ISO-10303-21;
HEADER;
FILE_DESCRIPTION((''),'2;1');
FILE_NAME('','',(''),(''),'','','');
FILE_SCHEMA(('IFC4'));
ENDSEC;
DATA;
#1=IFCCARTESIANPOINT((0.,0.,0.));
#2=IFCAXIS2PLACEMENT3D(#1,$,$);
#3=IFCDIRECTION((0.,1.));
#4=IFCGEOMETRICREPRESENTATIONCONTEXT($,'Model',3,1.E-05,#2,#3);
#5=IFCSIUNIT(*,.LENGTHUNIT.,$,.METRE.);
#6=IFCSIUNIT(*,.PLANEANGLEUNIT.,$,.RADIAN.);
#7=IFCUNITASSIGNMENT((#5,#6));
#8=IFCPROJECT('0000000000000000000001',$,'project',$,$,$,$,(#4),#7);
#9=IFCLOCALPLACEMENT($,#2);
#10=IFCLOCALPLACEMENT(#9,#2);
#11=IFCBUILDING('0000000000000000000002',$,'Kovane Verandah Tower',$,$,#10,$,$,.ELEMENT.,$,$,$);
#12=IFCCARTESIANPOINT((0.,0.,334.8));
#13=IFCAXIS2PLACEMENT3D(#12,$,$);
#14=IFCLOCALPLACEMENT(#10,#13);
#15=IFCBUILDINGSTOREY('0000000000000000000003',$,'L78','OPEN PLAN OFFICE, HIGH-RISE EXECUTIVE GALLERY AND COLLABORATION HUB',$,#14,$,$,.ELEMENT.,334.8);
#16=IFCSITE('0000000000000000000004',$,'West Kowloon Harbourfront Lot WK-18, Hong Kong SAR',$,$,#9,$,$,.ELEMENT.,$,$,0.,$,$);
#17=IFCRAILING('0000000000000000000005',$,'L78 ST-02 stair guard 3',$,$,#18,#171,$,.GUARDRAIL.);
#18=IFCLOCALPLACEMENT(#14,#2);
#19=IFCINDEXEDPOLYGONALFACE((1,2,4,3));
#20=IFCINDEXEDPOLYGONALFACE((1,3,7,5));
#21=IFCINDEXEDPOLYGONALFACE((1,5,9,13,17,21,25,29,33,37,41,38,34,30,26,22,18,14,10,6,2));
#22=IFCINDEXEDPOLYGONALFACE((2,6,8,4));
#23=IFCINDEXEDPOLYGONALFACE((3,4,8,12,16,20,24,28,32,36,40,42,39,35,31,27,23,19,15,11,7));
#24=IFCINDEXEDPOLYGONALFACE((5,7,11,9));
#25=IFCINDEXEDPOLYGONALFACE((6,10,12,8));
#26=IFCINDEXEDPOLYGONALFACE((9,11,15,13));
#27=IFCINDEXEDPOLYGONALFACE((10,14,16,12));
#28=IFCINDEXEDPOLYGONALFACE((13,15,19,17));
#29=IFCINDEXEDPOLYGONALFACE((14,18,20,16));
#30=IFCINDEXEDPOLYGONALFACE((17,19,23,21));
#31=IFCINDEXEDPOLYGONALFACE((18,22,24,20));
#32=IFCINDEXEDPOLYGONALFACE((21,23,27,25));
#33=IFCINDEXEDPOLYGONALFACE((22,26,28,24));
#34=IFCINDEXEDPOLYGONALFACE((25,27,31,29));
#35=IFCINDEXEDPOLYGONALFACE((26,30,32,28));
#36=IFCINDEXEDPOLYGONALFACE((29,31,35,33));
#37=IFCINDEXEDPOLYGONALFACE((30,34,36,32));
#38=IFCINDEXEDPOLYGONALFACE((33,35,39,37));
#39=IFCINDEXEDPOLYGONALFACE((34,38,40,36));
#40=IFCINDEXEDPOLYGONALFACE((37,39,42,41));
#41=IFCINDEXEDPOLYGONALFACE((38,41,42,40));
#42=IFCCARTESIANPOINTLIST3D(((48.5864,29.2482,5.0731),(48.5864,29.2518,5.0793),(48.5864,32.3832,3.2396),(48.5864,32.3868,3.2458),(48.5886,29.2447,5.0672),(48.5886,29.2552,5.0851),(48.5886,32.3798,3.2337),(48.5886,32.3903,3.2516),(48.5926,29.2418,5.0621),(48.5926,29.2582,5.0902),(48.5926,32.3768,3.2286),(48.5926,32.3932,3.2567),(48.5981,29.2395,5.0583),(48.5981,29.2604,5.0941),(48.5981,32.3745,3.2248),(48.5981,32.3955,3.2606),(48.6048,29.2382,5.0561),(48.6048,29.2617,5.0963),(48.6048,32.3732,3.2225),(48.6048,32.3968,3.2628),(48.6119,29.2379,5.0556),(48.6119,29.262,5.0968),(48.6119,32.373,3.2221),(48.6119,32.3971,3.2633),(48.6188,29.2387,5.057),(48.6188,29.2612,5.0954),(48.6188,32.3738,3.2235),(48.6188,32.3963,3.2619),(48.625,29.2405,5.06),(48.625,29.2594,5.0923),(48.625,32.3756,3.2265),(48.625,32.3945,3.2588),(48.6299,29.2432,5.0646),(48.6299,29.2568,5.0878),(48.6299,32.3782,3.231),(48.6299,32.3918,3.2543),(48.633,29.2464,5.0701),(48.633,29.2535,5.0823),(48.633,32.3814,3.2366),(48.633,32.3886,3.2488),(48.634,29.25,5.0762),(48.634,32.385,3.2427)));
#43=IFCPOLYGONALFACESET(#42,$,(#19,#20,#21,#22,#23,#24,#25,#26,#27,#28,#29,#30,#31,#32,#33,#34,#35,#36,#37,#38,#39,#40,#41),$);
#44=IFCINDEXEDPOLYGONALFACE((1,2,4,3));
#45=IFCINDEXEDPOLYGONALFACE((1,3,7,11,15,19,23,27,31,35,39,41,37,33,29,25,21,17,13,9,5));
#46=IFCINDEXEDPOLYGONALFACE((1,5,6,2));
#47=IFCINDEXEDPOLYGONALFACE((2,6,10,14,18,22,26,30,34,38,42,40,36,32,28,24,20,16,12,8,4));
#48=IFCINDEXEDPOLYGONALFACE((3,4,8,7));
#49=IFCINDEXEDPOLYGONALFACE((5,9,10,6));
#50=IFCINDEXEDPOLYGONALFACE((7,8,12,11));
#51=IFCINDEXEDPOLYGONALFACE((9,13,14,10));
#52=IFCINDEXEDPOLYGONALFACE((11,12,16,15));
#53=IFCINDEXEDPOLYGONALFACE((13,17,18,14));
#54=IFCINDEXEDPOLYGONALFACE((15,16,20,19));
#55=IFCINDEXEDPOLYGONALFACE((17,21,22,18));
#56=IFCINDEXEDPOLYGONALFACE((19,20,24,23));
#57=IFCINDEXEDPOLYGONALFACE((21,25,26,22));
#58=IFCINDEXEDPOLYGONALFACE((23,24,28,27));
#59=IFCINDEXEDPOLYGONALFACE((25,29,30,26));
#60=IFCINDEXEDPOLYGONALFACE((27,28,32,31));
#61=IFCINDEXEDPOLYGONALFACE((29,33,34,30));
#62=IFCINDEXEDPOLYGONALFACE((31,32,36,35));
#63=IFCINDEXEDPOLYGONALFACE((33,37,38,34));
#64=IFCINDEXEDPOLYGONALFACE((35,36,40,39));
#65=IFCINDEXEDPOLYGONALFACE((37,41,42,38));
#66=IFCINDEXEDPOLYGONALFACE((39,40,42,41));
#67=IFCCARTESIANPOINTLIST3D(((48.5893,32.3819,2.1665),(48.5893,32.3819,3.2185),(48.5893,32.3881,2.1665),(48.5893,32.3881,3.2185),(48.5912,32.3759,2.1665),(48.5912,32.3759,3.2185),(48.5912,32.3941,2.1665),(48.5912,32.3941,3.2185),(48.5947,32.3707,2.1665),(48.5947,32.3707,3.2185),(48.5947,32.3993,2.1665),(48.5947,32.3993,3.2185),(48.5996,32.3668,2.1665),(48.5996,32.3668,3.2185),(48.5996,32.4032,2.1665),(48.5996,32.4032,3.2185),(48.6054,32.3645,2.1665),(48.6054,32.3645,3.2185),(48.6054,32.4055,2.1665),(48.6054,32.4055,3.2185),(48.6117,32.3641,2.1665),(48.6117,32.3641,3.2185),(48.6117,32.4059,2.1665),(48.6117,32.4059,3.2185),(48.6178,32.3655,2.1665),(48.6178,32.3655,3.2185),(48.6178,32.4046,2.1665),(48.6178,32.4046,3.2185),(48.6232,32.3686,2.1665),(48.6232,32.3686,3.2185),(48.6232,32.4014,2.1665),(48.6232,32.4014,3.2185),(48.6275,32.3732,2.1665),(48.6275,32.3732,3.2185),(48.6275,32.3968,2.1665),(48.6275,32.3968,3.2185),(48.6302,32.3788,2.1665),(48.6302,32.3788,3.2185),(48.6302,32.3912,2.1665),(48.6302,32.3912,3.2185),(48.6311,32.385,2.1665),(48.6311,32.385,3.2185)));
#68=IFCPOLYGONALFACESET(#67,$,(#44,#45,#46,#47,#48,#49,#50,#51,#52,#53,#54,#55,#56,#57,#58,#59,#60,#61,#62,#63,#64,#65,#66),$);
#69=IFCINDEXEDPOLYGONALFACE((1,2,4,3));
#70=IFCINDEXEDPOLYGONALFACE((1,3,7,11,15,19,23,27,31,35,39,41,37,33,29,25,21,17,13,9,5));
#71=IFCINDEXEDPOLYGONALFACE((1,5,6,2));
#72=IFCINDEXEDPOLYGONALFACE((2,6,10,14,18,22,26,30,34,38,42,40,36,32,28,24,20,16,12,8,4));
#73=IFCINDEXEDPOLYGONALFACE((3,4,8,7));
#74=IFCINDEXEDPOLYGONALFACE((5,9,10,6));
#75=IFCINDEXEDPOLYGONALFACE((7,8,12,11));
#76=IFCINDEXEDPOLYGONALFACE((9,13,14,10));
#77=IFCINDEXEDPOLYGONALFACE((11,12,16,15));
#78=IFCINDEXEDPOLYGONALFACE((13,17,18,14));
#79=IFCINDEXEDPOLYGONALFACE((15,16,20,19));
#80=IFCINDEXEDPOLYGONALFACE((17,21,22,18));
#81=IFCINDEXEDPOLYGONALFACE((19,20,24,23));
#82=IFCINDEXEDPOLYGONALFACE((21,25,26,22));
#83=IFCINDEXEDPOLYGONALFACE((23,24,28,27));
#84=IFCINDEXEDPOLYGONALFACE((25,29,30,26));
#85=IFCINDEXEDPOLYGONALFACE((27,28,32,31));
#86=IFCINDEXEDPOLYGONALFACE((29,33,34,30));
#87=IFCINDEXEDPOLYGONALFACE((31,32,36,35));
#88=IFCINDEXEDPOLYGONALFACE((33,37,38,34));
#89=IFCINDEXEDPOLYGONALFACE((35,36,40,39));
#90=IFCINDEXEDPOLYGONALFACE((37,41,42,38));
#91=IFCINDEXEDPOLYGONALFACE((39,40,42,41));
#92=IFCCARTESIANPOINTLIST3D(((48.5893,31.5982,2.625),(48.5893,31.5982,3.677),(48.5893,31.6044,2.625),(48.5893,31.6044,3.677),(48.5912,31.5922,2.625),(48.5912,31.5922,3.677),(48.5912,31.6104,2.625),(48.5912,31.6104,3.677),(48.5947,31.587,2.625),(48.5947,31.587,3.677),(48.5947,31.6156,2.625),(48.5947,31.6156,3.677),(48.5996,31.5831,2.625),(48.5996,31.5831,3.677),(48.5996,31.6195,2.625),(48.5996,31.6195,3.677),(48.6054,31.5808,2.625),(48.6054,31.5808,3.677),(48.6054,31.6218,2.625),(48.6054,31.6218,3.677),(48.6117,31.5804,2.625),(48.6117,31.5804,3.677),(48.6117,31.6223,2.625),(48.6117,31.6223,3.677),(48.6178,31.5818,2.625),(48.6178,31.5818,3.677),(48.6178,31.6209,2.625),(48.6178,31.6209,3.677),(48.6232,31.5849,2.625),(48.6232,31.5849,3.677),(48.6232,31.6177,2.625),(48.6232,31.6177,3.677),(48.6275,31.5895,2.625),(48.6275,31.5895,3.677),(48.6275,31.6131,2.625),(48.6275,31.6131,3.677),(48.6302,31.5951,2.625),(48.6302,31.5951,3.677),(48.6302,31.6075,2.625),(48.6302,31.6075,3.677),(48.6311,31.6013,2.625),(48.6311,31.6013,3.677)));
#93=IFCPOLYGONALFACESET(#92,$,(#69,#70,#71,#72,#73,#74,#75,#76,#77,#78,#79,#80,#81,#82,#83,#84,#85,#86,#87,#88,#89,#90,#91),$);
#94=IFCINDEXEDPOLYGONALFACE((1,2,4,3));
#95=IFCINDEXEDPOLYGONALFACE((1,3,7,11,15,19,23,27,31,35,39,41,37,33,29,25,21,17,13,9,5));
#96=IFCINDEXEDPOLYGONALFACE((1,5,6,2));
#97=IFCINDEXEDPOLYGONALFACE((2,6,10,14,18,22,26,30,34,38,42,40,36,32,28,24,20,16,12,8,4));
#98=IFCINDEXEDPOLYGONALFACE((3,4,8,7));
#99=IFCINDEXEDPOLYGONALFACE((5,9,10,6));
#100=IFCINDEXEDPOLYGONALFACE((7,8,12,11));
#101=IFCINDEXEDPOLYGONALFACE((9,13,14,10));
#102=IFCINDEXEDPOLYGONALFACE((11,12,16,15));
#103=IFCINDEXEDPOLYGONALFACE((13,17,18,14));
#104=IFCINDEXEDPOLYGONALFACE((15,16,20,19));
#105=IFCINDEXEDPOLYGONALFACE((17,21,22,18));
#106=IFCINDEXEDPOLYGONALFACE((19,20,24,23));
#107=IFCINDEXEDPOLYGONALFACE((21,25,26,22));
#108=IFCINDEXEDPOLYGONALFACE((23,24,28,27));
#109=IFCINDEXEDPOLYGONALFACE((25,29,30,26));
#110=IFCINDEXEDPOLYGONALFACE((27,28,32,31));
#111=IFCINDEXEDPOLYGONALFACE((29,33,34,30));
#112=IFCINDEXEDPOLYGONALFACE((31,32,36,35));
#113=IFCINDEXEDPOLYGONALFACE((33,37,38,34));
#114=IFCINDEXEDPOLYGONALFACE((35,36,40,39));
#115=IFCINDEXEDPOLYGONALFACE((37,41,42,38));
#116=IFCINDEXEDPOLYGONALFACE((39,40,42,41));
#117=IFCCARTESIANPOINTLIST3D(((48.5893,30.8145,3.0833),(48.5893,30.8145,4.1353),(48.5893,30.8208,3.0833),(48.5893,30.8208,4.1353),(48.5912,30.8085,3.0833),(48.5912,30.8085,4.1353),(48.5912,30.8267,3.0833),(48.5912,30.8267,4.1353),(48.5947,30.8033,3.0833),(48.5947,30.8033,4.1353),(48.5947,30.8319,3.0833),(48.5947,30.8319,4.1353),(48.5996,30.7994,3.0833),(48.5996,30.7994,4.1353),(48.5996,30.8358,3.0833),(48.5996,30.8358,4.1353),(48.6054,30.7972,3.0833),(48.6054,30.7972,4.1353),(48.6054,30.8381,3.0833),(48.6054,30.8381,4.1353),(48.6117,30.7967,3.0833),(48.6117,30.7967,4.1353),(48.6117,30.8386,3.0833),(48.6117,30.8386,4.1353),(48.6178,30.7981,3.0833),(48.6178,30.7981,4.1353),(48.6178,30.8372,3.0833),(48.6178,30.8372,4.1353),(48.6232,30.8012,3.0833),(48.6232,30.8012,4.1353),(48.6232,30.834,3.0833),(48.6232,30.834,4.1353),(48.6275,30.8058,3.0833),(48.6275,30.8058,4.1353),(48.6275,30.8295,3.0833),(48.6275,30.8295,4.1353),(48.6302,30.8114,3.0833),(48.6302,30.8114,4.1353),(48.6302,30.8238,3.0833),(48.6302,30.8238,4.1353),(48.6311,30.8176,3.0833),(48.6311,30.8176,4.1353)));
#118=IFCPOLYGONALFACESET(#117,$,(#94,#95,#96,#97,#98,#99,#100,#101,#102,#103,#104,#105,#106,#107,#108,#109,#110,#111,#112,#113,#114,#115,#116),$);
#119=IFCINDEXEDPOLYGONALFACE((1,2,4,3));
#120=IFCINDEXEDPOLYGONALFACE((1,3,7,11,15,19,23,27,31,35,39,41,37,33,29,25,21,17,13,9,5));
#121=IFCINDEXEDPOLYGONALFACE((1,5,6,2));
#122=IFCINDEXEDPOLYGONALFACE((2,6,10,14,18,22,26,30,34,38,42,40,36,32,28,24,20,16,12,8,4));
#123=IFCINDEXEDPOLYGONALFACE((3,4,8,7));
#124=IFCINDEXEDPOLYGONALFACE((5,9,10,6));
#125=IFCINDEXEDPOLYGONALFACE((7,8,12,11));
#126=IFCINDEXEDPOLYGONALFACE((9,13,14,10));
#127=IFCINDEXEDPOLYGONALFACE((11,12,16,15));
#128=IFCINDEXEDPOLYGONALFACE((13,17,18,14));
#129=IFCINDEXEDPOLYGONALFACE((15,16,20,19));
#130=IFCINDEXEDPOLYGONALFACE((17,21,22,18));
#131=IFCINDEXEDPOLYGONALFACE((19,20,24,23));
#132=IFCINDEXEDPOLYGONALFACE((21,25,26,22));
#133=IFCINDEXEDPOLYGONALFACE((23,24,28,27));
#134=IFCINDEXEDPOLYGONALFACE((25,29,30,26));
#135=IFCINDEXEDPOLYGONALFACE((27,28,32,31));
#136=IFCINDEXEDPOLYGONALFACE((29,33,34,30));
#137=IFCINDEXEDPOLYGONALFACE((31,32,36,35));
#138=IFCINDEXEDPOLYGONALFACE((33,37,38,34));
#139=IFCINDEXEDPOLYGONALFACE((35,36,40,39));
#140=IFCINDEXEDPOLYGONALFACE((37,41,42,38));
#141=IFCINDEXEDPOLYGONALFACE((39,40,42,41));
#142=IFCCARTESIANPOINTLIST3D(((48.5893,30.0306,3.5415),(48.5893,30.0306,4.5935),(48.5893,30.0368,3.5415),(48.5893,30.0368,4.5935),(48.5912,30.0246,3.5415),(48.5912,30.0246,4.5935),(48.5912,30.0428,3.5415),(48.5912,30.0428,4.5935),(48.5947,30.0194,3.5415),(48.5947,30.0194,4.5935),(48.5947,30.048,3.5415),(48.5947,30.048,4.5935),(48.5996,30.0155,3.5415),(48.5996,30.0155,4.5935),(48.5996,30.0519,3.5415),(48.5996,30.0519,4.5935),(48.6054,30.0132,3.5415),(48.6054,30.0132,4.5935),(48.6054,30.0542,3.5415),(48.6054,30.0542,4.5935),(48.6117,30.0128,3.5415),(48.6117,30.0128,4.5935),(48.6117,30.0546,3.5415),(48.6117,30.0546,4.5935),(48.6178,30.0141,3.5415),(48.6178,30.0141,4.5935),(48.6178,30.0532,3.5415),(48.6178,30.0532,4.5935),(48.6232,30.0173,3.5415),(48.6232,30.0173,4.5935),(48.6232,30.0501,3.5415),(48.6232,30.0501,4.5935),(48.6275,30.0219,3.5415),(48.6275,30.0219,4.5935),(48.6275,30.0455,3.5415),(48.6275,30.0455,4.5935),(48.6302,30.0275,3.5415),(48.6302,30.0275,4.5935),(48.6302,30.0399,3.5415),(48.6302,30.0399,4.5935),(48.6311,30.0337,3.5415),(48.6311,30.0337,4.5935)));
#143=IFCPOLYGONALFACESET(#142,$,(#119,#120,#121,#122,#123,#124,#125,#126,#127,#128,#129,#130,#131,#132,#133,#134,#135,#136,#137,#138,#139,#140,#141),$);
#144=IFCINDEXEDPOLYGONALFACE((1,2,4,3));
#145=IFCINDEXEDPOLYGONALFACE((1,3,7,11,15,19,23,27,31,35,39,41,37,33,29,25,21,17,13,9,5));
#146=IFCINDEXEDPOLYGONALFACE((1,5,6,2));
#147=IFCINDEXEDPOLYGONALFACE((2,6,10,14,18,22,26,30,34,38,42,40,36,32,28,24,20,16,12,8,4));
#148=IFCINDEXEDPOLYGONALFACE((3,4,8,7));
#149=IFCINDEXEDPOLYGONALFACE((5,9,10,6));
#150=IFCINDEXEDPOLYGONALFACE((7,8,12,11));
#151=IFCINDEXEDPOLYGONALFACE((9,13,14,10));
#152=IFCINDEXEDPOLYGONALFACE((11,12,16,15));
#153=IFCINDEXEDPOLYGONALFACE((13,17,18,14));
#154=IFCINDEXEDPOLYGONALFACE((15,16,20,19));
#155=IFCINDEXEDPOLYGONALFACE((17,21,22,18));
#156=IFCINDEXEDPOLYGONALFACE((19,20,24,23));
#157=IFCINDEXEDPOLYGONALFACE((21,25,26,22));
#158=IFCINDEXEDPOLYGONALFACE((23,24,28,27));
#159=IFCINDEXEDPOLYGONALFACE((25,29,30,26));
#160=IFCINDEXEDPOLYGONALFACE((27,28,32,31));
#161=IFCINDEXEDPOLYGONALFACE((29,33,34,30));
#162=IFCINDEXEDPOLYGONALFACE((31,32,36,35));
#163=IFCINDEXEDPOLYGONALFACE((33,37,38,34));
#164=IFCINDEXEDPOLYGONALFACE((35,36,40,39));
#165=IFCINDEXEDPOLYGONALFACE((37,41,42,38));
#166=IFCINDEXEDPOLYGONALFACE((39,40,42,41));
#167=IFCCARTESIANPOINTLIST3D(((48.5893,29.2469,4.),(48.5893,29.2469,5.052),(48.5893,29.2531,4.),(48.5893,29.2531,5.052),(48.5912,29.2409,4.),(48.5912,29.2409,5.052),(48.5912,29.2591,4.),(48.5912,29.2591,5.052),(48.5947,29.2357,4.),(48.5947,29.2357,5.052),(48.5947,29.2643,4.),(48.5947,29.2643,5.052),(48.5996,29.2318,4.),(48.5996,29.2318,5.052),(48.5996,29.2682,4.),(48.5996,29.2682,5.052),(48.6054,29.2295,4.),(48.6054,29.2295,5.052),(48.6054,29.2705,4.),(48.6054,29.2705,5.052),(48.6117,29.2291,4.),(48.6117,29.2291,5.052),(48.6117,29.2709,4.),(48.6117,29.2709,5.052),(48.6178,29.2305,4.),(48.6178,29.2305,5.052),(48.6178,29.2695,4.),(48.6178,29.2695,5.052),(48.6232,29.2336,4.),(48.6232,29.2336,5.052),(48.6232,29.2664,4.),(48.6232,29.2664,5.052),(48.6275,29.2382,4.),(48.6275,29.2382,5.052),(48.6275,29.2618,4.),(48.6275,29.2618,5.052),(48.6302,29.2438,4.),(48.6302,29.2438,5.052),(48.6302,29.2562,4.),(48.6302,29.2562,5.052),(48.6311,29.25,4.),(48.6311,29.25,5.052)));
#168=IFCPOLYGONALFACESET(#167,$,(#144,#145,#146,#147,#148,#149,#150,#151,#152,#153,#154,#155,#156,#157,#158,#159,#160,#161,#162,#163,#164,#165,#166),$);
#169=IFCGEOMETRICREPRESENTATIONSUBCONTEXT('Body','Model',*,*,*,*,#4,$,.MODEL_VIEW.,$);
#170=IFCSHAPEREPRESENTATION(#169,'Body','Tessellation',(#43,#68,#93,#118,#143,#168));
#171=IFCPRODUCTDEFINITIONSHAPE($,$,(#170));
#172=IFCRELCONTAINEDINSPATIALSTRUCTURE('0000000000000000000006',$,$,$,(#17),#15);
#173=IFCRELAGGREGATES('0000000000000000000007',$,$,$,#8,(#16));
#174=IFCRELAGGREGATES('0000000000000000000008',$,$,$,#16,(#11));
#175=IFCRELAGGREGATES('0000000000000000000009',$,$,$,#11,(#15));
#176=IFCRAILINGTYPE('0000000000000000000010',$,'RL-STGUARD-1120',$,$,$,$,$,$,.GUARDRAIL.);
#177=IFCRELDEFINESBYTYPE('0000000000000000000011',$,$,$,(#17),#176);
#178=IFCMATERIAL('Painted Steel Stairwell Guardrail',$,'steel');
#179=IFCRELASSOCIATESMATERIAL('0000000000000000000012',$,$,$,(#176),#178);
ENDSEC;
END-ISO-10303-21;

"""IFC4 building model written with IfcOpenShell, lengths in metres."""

from ifc_helpers import new_model, si_unit, direction, frame, origin, origin_2d, place, context, subcontext, project, spatial, circle, extrude, material, type_object, element, save


model = new_model("IFC4")

# Units and contexts
model_context = context("Model", 3, precision=1e-05, world=origin(), true_north=direction((0.0, 1.0)))
body_context = subcontext(model_context, "Body", "Model", "MODEL_VIEW")
ifc_project = project(units=[si_unit("LENGTHUNIT", "METRE"), si_unit("PLANEANGLEUNIT", "RADIAN")], contexts=[model_context])

# Site, building, storey
site_placement = place(None, origin())
site = spatial("IfcSite", under=ifc_project, at=site_placement, Name="West Kowloon Harbourfront Lot WK-18, Hong Kong SAR", CompositionType="ELEMENT", RefElevation=0.0)
building_placement = place(site_placement, origin())
building = spatial("IfcBuilding", under=site, at=building_placement, Name="Kovane Verandah Tower", CompositionType="ELEMENT")
storey_placement = place(building_placement, frame((0.0, 0.0, 334.8)))
storey = spatial("IfcBuildingStorey", under=building, at=storey_placement, Name="L78", Description="OPEN PLAN OFFICE, HIGH-RISE EXECUTIVE GALLERY AND COLLABORATION HUB", CompositionType="ELEMENT", Elevation=334.8)

# Railing
ifc_material_1 = material(Name="Painted Steel Stairwell Guardrail", Category="steel")
railing_type_1 = type_object("IfcRailingType", Name="RL-STGUARD-1120", PredefinedType="GUARDRAIL", material=ifc_material_1)
for number, where, name in (
    (1, (48.6101, 32.385, 2.1665), "L78 ST-02 stair guard 3"),
):
    element("IfcRailing", number, at=place(storey_placement, frame(where)), inside=storey, type_object=railing_type_1, Name=name, PredefinedType="GUARDRAIL", context=body_context, shape_type="SweptSolid", body=[
        extrude(circle(Radius=0.0239, at=origin_2d()), frame((0.0, 0.0, 1.0762), z_axis=(0.0, -0.86321, 0.504845), x_axis=(1.0, 0.0, 0.0)), (0.0, 0.0, 1.0), 3.6318),
        extrude(circle(Radius=0.021, at=origin_2d()), origin(), (0.0, 0.0, 1.0), 1.052),
        extrude(circle(Radius=0.021, at=origin_2d()), frame((0.0, -0.7837, 0.4585)), (0.0, 0.0, 1.0), 1.052),
        extrude(circle(Radius=0.021, at=origin_2d()), frame((0.0, -1.5674, 0.9167)), (0.0, 0.0, 1.0), 1.052),
        extrude(circle(Radius=0.021, at=origin_2d()), frame((0.0, -2.3513, 1.375)), (0.0, 0.0, 1.0), 1.052),
        extrude(circle(Radius=0.021, at=origin_2d()), frame((0.0, -3.135, 1.8335)), (0.0, 0.0, 1.0), 1.052),
    ])

save(model, "model.ifc")
